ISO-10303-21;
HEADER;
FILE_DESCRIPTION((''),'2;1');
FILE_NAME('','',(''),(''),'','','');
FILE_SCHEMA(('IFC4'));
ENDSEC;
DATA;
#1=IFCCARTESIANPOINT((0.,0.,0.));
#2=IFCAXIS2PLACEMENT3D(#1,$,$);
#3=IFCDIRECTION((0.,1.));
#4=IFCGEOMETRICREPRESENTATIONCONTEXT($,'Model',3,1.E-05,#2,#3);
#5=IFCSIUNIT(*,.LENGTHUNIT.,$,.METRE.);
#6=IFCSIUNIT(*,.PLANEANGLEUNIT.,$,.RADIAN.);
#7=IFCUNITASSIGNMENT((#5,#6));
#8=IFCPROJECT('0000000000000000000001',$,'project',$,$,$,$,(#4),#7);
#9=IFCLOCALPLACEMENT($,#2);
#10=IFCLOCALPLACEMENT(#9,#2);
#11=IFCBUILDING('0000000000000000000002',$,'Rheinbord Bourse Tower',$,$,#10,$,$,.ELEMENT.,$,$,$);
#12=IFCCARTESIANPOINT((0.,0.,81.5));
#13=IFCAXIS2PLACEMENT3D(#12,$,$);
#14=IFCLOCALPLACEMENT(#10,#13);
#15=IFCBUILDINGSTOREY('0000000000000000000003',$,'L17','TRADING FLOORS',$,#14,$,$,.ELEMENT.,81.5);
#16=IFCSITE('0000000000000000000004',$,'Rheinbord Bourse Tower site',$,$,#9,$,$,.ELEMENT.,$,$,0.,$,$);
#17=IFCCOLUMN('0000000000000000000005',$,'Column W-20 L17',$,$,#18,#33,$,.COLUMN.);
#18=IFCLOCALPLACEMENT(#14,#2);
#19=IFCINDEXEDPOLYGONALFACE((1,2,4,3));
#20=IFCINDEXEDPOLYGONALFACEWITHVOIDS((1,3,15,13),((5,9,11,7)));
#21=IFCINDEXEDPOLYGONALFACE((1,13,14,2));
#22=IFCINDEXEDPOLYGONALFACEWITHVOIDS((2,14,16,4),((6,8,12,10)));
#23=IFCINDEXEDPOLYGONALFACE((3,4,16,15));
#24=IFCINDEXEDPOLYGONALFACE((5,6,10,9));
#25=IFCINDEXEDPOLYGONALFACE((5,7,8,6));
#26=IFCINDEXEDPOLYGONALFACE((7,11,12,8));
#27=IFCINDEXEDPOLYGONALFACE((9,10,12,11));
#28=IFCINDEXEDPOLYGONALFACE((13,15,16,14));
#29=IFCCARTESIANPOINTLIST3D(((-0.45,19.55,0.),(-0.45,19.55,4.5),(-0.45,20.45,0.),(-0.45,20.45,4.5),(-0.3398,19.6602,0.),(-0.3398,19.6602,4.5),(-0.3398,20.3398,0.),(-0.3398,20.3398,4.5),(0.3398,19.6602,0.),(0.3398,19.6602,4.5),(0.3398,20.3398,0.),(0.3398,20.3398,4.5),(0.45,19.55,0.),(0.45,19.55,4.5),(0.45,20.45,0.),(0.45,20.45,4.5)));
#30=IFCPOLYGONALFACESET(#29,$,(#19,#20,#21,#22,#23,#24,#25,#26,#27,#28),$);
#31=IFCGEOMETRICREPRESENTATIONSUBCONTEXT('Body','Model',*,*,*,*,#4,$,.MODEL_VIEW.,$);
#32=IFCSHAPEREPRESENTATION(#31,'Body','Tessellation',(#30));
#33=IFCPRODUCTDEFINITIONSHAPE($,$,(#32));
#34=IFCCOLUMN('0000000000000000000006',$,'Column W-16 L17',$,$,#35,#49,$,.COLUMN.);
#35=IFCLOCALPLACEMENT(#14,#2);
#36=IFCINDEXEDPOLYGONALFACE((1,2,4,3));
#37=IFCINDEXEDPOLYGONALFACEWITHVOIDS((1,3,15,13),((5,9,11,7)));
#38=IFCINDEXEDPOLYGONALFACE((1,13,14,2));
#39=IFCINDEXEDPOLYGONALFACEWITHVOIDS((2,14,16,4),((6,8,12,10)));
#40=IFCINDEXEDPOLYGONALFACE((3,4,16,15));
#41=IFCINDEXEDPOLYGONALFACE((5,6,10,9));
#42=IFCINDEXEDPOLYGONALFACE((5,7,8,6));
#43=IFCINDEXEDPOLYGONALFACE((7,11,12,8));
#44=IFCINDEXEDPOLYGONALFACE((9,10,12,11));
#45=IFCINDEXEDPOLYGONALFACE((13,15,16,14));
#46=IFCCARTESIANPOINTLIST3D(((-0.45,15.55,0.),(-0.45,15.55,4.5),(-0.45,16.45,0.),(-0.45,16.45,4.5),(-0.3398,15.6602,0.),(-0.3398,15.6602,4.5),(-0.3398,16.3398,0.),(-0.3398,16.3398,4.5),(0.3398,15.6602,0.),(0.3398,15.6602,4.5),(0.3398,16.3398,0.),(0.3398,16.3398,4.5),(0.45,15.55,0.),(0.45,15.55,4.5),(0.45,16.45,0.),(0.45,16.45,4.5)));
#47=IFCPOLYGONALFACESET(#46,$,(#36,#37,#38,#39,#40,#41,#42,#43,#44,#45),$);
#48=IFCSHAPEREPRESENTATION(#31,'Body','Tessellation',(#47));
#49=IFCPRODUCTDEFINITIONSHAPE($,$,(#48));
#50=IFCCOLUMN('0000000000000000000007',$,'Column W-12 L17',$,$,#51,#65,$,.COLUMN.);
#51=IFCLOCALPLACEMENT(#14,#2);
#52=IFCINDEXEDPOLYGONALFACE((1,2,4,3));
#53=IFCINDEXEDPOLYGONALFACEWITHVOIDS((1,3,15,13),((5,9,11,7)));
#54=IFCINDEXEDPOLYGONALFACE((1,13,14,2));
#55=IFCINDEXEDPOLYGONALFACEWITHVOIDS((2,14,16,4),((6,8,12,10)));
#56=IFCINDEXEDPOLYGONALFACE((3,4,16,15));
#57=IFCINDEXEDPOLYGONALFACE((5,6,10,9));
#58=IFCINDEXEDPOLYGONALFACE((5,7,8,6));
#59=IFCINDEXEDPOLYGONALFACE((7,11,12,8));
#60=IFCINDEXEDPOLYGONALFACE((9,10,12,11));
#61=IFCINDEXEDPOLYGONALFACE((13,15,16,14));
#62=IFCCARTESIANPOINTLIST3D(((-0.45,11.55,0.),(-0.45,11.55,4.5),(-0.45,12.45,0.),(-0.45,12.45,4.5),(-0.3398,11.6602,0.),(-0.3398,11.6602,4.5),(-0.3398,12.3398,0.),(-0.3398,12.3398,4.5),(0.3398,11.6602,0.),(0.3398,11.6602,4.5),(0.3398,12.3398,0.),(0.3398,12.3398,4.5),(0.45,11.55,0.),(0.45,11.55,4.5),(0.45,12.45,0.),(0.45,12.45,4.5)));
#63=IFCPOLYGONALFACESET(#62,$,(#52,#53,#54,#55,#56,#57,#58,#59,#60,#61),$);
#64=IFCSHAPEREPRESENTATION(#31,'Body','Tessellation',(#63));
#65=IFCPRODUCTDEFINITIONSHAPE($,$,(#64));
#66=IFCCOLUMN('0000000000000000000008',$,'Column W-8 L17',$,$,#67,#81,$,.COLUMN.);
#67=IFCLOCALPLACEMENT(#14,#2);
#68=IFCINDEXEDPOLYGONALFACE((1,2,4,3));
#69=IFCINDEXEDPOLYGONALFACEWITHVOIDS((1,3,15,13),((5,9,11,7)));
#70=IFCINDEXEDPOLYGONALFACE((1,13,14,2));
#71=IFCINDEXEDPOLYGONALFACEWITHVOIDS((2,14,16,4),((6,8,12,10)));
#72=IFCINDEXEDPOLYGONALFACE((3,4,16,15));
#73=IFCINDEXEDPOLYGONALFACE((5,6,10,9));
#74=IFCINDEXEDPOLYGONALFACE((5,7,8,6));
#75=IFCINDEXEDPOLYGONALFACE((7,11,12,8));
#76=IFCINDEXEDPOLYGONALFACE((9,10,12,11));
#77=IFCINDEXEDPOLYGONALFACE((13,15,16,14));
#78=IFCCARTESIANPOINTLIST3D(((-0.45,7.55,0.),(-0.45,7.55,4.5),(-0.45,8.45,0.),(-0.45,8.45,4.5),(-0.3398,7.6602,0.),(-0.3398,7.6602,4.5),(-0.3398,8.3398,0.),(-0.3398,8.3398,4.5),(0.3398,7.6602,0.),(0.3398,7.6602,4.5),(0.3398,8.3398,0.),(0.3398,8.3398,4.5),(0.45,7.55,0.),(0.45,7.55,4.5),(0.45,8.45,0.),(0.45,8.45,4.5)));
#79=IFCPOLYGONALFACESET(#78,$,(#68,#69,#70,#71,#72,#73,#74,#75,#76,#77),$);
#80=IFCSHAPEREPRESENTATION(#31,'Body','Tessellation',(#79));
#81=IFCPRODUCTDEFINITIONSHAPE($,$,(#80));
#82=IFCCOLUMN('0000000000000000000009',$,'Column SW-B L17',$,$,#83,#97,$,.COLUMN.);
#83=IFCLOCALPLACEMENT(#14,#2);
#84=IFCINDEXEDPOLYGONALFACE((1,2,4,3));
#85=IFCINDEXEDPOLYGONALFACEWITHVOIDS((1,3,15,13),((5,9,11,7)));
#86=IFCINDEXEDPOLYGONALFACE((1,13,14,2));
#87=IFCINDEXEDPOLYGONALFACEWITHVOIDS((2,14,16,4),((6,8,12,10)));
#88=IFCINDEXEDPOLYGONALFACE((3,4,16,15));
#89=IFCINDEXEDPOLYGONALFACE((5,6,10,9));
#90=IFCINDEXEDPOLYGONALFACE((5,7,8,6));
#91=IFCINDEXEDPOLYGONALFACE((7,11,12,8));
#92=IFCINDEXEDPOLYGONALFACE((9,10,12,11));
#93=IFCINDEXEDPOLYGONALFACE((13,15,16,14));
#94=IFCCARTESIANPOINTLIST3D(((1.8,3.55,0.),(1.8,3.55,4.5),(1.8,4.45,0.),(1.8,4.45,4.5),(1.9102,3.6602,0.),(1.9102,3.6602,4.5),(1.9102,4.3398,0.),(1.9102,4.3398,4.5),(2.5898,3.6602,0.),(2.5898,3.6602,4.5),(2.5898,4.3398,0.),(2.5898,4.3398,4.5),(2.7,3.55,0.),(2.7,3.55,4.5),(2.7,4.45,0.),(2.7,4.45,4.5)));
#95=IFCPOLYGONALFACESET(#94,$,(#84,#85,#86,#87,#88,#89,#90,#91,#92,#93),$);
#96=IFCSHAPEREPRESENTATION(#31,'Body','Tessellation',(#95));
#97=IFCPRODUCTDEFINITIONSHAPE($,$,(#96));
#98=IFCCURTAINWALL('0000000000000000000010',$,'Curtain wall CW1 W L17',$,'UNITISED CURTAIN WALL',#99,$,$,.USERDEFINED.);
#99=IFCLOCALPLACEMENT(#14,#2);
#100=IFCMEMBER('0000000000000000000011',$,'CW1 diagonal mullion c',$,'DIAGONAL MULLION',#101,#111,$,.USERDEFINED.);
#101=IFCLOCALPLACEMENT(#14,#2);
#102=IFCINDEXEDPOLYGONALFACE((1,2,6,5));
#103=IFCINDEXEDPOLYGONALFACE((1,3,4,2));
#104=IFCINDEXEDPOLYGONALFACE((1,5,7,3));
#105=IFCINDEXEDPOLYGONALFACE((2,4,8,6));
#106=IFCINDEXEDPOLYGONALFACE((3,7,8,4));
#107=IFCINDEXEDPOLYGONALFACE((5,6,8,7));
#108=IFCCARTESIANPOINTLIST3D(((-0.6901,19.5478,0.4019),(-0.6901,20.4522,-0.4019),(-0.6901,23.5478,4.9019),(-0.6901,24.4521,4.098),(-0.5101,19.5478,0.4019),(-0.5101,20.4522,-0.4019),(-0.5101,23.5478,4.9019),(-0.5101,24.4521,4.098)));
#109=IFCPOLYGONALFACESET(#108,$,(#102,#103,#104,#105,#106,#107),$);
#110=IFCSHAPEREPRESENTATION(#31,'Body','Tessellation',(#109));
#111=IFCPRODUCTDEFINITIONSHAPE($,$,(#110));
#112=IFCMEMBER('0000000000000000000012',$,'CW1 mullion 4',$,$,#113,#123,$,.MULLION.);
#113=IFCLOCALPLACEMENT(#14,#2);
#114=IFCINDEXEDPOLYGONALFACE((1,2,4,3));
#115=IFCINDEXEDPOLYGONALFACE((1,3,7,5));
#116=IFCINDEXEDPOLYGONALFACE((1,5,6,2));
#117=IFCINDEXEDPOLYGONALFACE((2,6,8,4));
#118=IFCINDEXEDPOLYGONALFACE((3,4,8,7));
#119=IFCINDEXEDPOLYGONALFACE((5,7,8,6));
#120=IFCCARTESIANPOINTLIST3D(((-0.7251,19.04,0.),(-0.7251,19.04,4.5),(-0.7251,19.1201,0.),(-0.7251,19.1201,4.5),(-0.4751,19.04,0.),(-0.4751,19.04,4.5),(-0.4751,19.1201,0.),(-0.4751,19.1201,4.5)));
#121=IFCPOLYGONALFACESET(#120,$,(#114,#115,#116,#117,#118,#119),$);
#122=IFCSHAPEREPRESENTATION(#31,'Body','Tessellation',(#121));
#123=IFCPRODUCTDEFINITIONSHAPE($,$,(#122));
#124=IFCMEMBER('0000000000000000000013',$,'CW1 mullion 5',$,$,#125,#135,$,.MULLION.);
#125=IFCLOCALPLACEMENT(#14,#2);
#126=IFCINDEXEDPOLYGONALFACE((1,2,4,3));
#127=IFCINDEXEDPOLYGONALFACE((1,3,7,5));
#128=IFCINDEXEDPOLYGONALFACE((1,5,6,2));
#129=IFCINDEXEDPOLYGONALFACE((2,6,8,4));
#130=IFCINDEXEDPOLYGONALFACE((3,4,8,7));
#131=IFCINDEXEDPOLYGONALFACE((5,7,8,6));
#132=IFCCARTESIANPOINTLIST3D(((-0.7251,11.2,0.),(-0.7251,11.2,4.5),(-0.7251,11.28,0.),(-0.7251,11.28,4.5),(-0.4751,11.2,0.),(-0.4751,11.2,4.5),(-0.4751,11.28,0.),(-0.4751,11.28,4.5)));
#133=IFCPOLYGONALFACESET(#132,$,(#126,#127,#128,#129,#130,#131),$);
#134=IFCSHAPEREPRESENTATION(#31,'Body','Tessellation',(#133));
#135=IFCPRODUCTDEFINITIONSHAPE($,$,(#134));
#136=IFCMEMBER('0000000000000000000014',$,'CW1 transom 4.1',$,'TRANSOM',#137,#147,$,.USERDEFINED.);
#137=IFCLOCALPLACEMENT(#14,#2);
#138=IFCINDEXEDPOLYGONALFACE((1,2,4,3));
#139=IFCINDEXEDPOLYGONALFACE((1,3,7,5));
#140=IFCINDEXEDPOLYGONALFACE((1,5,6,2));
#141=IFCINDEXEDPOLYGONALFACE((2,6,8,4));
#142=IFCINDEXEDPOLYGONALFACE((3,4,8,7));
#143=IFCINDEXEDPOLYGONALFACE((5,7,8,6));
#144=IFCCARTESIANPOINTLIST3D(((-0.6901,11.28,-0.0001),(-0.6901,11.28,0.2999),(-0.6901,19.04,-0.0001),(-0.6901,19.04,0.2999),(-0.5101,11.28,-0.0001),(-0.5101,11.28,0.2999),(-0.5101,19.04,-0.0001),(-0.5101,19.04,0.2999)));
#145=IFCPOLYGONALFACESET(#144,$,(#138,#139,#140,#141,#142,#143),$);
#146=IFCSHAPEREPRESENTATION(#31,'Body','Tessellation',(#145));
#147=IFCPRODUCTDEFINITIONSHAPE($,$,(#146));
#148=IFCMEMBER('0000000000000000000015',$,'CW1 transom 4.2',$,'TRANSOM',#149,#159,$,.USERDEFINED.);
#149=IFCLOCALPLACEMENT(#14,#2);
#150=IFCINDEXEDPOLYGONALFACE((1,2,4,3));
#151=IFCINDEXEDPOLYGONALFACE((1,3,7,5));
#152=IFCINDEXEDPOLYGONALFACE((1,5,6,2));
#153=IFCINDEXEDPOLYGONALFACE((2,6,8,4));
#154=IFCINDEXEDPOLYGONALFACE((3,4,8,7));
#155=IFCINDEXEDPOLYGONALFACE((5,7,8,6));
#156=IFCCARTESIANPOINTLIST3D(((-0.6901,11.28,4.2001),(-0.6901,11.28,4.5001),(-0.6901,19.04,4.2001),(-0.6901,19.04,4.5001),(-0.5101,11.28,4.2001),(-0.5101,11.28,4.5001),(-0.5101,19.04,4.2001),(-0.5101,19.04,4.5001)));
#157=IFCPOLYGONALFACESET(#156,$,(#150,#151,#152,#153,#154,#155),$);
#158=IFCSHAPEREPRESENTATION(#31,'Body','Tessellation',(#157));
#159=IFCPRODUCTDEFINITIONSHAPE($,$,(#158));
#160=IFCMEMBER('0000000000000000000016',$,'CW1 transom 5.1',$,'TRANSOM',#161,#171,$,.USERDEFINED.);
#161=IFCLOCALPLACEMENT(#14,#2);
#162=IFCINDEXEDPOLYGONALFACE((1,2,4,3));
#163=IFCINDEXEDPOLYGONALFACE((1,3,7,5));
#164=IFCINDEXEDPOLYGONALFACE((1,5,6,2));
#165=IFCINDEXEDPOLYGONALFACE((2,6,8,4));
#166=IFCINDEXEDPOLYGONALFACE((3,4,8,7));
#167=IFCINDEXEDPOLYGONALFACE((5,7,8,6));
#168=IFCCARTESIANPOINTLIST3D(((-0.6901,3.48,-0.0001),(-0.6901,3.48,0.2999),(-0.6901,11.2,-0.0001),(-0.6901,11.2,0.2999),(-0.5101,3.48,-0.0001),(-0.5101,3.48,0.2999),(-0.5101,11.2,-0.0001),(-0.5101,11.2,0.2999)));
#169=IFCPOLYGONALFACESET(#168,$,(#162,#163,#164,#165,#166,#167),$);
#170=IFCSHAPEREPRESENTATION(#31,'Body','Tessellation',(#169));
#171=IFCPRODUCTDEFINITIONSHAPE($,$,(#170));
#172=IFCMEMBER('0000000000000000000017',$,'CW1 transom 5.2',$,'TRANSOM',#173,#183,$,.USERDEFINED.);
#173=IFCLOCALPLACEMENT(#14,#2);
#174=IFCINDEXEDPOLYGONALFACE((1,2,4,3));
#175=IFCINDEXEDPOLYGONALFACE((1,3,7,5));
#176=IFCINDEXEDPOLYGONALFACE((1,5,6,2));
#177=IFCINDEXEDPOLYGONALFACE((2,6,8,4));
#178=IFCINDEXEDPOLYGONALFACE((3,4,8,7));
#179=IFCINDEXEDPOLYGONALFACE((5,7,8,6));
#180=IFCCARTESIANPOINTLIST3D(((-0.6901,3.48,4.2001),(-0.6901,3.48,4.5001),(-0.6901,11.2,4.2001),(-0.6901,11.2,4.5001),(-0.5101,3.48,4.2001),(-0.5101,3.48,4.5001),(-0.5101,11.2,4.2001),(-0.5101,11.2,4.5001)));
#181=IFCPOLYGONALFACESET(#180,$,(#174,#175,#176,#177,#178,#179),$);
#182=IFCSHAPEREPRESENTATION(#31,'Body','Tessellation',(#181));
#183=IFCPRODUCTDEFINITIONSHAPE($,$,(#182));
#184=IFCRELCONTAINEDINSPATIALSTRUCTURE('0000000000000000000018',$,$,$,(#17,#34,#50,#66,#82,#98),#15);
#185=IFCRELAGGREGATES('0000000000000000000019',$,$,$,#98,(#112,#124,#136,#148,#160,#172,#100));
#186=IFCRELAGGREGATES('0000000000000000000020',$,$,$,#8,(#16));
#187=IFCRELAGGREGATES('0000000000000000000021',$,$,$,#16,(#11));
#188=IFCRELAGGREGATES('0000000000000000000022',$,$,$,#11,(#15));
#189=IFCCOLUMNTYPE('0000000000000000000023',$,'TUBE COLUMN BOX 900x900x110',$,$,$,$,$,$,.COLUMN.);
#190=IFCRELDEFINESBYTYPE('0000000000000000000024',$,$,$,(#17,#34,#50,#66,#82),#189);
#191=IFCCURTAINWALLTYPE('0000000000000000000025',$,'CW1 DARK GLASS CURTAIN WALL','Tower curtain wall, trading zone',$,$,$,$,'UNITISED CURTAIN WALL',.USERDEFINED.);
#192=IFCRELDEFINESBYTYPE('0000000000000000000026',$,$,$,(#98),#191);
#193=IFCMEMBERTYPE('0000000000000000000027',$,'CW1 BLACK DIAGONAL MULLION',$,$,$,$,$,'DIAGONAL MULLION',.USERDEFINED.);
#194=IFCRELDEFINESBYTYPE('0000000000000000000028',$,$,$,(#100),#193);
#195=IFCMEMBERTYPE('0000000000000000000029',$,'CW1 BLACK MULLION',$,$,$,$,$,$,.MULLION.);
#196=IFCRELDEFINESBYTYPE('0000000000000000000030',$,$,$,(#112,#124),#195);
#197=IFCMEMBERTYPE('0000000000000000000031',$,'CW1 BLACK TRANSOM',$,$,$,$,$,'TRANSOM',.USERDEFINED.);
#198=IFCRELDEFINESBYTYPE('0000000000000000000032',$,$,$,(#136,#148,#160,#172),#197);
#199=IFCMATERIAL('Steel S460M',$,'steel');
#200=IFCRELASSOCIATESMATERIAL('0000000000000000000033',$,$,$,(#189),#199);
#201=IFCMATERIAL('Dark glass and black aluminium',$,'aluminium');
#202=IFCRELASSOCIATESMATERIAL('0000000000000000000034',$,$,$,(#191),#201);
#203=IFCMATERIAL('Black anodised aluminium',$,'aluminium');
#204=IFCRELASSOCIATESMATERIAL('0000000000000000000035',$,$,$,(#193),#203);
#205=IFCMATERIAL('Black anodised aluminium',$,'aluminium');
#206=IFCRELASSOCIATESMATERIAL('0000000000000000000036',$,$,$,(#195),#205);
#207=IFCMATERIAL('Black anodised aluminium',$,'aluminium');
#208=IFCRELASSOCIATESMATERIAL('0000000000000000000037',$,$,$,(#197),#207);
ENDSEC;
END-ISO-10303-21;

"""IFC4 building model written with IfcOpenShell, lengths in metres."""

from ifc_helpers import new_model, si_unit, direction, frame, origin, origin_2d, place, context, subcontext, project, spatial, rectangle, hollow_rectangle, extrude, material, material_profile, profile_set, type_object, element, aggregate, save


model = new_model("IFC4")

# Units and contexts
model_context = context("Model", 3, precision=1e-05, world=origin(), true_north=direction((0.0, 1.0)))
body_context = subcontext(model_context, "Body", "Model", "MODEL_VIEW")
ifc_project = project(units=[si_unit("LENGTHUNIT", "METRE"), si_unit("PLANEANGLEUNIT", "RADIAN")], contexts=[model_context])

# Site, building, storey
site_placement = place(None, origin())
site = spatial("IfcSite", under=ifc_project, at=site_placement, Name="Rheinbord Bourse Tower site", CompositionType="ELEMENT", RefElevation=0.0)
building_placement = place(site_placement, origin())
building = spatial("IfcBuilding", under=site, at=building_placement, Name="Rheinbord Bourse Tower", CompositionType="ELEMENT")
storey_placement = place(building_placement, frame((0.0, 0.0, 81.5)))
storey = spatial("IfcBuildingStorey", under=building, at=storey_placement, Name="L17", Description="TRADING FLOORS", CompositionType="ELEMENT", Elevation=81.5)

# Columns
ifc_material_1 = material(Name="Steel S460M", Category="steel")
ifc_material_profile_1 = material_profile(ifc_material_1, hollow_rectangle(XDim=0.8999, YDim=0.8999, WallThickness=0.1101, at=origin_2d()), Name="BOX 900x900x110")
ifc_profile_set_1 = profile_set([ifc_material_profile_1], Name="Steel S460M")
column_type = type_object("IfcColumnType", Name="TUBE COLUMN BOX 900x900x110", PredefinedType="COLUMN", material=ifc_profile_set_1)
for number, where, z_axis, x_axis, name in (
    (1, (0.0, 20.0, 0.0), (0.0, 0.0, 1.0), (1.0, 0.0, 0.0), "Column W-20 L17"),
    (2, (0.0, 16.0, 0.0), (0.0, 0.0, 1.0), (1.0, 0.0, 0.0), "Column W-16 L17"),
    (3, (0.0, 12.0, 0.0), (0.0, 0.0, 1.0), (1.0, 0.0, 0.0), "Column W-12 L17"),
    (4, (0.0, 8.0, 0.0), (0.0, 0.0, 1.0), (1.0, 0.0, 0.0), "Column W-8 L17"),
    (5, (2.25, 4.0, 0.0), (0.0, 0.0, 1.0), (1.0, 0.0, 0.0), "Column SW-B L17"),
):
    element("IfcColumn", number, at=place(storey_placement, frame(where, z_axis=z_axis, x_axis=x_axis)), inside=storey, type_object=column_type, Name=name, PredefinedType="COLUMN", context=body_context, shape_type="SweptSolid", body=[
        extrude(hollow_rectangle(XDim=0.8999, YDim=0.8999, WallThickness=0.1101, at=origin_2d()), origin(), (0.0, 0.0, 1.0), 4.5),
    ])

# Curtain wall, members
ifc_material_2 = material(Name="Dark glass and black aluminium", Category="aluminium")
curtain_wall_type = type_object("IfcCurtainWallType", Name="CW1 DARK GLASS CURTAIN WALL", Description="Tower curtain wall, trading zone", ElementType="UNITISED CURTAIN WALL", PredefinedType="USERDEFINED", material=ifc_material_2)
curtain_wall_placement = place(storey_placement, origin())
curtain_wall = element("IfcCurtainWall", 6, at=curtain_wall_placement, inside=storey, type_object=curtain_wall_type, Name="Curtain wall CW1 W L17", ObjectType="UNITISED CURTAIN WALL", PredefinedType="USERDEFINED")
ifc_material_3 = material(Name="Black anodised aluminium", Category="aluminium")
ifc_material_profile_2 = material_profile(ifc_material_3, rectangle(XDim=0.1799, YDim=1.21, at=origin_2d()), Name="CW1 DIAGONAL MULLION 1210x180")
ifc_profile_set_2 = profile_set([ifc_material_profile_2], Name="Black anodised aluminium")
member_type_1 = type_object("IfcMemberType", Name="CW1 BLACK DIAGONAL MULLION", ElementType="DIAGONAL MULLION", PredefinedType="USERDEFINED", material=ifc_profile_set_2)
member_1_placement = place(storey_placement, frame((-0.6001, 20.0, 0.0), z_axis=(0.0, 0.664364, 0.747409), x_axis=(-1.0, 0.0, 0.0)))
member_1 = element("IfcMember", 7, at=member_1_placement, type_object=member_type_1, Name="CW1 diagonal mullion c", ObjectType="DIAGONAL MULLION", PredefinedType="USERDEFINED", context=body_context, shape_type="SweptSolid", body=[
    extrude(rectangle(XDim=0.1799, YDim=1.21, at=origin_2d()), origin(), (0.0, 0.0, 1.0), 6.0208),
])
ifc_material_4 = material(Name="Black anodised aluminium", Category="aluminium")
ifc_material_profile_3 = material_profile(ifc_material_4, rectangle(XDim=0.25, YDim=0.0801, at=origin_2d()), Name="CW1 MULLION 80x250")
ifc_profile_set_3 = profile_set([ifc_material_profile_3], Name="Black anodised aluminium")
member_type_2 = type_object("IfcMemberType", Name="CW1 BLACK MULLION", PredefinedType="MULLION", material=ifc_profile_set_3)
member_2_placement = place(storey_placement, frame((-0.6001, 19.0801, 0.0), z_axis=(0.0, 0.0, 1.0), x_axis=(1.0, 0.0, 0.0)))
member_2 = element("IfcMember", 8, at=member_2_placement, type_object=member_type_2, Name="CW1 mullion 4", PredefinedType="MULLION", context=body_context, shape_type="SweptSolid", body=[
    extrude(rectangle(XDim=0.25, YDim=0.0801, at=origin_2d()), origin(), (0.0, 0.0, 1.0), 4.5),
])
member_3_placement = place(storey_placement, frame((-0.6001, 11.24, 0.0), z_axis=(0.0, 0.0, 1.0), x_axis=(1.0, 0.0, 0.0)))
member_3 = element("IfcMember", 9, at=member_3_placement, type_object=member_type_2, Name="CW1 mullion 5", PredefinedType="MULLION", context=body_context, shape_type="SweptSolid", body=[
    extrude(rectangle(XDim=0.25, YDim=0.0801, at=origin_2d()), origin(), (0.0, 0.0, 1.0), 4.5),
])
ifc_material_5 = material(Name="Black anodised aluminium", Category="aluminium")
ifc_material_profile_4 = material_profile(ifc_material_5, rectangle(XDim=0.1799, YDim=0.3, at=origin_2d()), Name="CW1 TRANSOM 300x180")
ifc_profile_set_4 = profile_set([ifc_material_profile_4], Name="Black anodised aluminium")
member_type_3 = type_object("IfcMemberType", Name="CW1 BLACK TRANSOM", ElementType="TRANSOM", PredefinedType="USERDEFINED", material=ifc_profile_set_4)
member_4_placement = place(storey_placement, frame((-0.6001, 19.04, 0.1499), z_axis=(0.0, -1.0, 0.0), x_axis=(1.0, 0.0, 0.0)))
member_4 = element("IfcMember", 10, at=member_4_placement, type_object=member_type_3, Name="CW1 transom 4.1", ObjectType="TRANSOM", PredefinedType="USERDEFINED", context=body_context, shape_type="SweptSolid", body=[
    extrude(rectangle(XDim=0.1799, YDim=0.3, at=origin_2d()), origin(), (0.0, 0.0, 1.0), 7.76),
])
member_5_placement = place(storey_placement, frame((-0.6001, 19.04, 4.3501), z_axis=(0.0, -1.0, 0.0), x_axis=(1.0, 0.0, 0.0)))
member_5 = element("IfcMember", 11, at=member_5_placement, type_object=member_type_3, Name="CW1 transom 4.2", ObjectType="TRANSOM", PredefinedType="USERDEFINED", context=body_context, shape_type="SweptSolid", body=[
    extrude(rectangle(XDim=0.1799, YDim=0.3, at=origin_2d()), origin(), (0.0, 0.0, 1.0), 7.76),
])
member_6_placement = place(storey_placement, frame((-0.6001, 11.2, 0.1499), z_axis=(0.0, -1.0, 0.0), x_axis=(1.0, 0.0, 0.0)))
member_6 = element("IfcMember", 12, at=member_6_placement, type_object=member_type_3, Name="CW1 transom 5.1", ObjectType="TRANSOM", PredefinedType="USERDEFINED", context=body_context, shape_type="SweptSolid", body=[
    extrude(rectangle(XDim=0.1799, YDim=0.3, at=origin_2d()), origin(), (0.0, 0.0, 1.0), 7.72),
])
member_7_placement = place(storey_placement, frame((-0.6001, 11.2, 4.3501), z_axis=(0.0, -1.0, 0.0), x_axis=(1.0, 0.0, 0.0)))
member_7 = element("IfcMember", 13, at=member_7_placement, type_object=member_type_3, Name="CW1 transom 5.2", ObjectType="TRANSOM", PredefinedType="USERDEFINED", context=body_context, shape_type="SweptSolid", body=[
    extrude(rectangle(XDim=0.1799, YDim=0.3, at=origin_2d()), origin(), (0.0, 0.0, 1.0), 7.72),
])

aggregate(curtain_wall, [member_2, member_3, member_4, member_5, member_6, member_7, member_1])

save(model, "model.ifc")
